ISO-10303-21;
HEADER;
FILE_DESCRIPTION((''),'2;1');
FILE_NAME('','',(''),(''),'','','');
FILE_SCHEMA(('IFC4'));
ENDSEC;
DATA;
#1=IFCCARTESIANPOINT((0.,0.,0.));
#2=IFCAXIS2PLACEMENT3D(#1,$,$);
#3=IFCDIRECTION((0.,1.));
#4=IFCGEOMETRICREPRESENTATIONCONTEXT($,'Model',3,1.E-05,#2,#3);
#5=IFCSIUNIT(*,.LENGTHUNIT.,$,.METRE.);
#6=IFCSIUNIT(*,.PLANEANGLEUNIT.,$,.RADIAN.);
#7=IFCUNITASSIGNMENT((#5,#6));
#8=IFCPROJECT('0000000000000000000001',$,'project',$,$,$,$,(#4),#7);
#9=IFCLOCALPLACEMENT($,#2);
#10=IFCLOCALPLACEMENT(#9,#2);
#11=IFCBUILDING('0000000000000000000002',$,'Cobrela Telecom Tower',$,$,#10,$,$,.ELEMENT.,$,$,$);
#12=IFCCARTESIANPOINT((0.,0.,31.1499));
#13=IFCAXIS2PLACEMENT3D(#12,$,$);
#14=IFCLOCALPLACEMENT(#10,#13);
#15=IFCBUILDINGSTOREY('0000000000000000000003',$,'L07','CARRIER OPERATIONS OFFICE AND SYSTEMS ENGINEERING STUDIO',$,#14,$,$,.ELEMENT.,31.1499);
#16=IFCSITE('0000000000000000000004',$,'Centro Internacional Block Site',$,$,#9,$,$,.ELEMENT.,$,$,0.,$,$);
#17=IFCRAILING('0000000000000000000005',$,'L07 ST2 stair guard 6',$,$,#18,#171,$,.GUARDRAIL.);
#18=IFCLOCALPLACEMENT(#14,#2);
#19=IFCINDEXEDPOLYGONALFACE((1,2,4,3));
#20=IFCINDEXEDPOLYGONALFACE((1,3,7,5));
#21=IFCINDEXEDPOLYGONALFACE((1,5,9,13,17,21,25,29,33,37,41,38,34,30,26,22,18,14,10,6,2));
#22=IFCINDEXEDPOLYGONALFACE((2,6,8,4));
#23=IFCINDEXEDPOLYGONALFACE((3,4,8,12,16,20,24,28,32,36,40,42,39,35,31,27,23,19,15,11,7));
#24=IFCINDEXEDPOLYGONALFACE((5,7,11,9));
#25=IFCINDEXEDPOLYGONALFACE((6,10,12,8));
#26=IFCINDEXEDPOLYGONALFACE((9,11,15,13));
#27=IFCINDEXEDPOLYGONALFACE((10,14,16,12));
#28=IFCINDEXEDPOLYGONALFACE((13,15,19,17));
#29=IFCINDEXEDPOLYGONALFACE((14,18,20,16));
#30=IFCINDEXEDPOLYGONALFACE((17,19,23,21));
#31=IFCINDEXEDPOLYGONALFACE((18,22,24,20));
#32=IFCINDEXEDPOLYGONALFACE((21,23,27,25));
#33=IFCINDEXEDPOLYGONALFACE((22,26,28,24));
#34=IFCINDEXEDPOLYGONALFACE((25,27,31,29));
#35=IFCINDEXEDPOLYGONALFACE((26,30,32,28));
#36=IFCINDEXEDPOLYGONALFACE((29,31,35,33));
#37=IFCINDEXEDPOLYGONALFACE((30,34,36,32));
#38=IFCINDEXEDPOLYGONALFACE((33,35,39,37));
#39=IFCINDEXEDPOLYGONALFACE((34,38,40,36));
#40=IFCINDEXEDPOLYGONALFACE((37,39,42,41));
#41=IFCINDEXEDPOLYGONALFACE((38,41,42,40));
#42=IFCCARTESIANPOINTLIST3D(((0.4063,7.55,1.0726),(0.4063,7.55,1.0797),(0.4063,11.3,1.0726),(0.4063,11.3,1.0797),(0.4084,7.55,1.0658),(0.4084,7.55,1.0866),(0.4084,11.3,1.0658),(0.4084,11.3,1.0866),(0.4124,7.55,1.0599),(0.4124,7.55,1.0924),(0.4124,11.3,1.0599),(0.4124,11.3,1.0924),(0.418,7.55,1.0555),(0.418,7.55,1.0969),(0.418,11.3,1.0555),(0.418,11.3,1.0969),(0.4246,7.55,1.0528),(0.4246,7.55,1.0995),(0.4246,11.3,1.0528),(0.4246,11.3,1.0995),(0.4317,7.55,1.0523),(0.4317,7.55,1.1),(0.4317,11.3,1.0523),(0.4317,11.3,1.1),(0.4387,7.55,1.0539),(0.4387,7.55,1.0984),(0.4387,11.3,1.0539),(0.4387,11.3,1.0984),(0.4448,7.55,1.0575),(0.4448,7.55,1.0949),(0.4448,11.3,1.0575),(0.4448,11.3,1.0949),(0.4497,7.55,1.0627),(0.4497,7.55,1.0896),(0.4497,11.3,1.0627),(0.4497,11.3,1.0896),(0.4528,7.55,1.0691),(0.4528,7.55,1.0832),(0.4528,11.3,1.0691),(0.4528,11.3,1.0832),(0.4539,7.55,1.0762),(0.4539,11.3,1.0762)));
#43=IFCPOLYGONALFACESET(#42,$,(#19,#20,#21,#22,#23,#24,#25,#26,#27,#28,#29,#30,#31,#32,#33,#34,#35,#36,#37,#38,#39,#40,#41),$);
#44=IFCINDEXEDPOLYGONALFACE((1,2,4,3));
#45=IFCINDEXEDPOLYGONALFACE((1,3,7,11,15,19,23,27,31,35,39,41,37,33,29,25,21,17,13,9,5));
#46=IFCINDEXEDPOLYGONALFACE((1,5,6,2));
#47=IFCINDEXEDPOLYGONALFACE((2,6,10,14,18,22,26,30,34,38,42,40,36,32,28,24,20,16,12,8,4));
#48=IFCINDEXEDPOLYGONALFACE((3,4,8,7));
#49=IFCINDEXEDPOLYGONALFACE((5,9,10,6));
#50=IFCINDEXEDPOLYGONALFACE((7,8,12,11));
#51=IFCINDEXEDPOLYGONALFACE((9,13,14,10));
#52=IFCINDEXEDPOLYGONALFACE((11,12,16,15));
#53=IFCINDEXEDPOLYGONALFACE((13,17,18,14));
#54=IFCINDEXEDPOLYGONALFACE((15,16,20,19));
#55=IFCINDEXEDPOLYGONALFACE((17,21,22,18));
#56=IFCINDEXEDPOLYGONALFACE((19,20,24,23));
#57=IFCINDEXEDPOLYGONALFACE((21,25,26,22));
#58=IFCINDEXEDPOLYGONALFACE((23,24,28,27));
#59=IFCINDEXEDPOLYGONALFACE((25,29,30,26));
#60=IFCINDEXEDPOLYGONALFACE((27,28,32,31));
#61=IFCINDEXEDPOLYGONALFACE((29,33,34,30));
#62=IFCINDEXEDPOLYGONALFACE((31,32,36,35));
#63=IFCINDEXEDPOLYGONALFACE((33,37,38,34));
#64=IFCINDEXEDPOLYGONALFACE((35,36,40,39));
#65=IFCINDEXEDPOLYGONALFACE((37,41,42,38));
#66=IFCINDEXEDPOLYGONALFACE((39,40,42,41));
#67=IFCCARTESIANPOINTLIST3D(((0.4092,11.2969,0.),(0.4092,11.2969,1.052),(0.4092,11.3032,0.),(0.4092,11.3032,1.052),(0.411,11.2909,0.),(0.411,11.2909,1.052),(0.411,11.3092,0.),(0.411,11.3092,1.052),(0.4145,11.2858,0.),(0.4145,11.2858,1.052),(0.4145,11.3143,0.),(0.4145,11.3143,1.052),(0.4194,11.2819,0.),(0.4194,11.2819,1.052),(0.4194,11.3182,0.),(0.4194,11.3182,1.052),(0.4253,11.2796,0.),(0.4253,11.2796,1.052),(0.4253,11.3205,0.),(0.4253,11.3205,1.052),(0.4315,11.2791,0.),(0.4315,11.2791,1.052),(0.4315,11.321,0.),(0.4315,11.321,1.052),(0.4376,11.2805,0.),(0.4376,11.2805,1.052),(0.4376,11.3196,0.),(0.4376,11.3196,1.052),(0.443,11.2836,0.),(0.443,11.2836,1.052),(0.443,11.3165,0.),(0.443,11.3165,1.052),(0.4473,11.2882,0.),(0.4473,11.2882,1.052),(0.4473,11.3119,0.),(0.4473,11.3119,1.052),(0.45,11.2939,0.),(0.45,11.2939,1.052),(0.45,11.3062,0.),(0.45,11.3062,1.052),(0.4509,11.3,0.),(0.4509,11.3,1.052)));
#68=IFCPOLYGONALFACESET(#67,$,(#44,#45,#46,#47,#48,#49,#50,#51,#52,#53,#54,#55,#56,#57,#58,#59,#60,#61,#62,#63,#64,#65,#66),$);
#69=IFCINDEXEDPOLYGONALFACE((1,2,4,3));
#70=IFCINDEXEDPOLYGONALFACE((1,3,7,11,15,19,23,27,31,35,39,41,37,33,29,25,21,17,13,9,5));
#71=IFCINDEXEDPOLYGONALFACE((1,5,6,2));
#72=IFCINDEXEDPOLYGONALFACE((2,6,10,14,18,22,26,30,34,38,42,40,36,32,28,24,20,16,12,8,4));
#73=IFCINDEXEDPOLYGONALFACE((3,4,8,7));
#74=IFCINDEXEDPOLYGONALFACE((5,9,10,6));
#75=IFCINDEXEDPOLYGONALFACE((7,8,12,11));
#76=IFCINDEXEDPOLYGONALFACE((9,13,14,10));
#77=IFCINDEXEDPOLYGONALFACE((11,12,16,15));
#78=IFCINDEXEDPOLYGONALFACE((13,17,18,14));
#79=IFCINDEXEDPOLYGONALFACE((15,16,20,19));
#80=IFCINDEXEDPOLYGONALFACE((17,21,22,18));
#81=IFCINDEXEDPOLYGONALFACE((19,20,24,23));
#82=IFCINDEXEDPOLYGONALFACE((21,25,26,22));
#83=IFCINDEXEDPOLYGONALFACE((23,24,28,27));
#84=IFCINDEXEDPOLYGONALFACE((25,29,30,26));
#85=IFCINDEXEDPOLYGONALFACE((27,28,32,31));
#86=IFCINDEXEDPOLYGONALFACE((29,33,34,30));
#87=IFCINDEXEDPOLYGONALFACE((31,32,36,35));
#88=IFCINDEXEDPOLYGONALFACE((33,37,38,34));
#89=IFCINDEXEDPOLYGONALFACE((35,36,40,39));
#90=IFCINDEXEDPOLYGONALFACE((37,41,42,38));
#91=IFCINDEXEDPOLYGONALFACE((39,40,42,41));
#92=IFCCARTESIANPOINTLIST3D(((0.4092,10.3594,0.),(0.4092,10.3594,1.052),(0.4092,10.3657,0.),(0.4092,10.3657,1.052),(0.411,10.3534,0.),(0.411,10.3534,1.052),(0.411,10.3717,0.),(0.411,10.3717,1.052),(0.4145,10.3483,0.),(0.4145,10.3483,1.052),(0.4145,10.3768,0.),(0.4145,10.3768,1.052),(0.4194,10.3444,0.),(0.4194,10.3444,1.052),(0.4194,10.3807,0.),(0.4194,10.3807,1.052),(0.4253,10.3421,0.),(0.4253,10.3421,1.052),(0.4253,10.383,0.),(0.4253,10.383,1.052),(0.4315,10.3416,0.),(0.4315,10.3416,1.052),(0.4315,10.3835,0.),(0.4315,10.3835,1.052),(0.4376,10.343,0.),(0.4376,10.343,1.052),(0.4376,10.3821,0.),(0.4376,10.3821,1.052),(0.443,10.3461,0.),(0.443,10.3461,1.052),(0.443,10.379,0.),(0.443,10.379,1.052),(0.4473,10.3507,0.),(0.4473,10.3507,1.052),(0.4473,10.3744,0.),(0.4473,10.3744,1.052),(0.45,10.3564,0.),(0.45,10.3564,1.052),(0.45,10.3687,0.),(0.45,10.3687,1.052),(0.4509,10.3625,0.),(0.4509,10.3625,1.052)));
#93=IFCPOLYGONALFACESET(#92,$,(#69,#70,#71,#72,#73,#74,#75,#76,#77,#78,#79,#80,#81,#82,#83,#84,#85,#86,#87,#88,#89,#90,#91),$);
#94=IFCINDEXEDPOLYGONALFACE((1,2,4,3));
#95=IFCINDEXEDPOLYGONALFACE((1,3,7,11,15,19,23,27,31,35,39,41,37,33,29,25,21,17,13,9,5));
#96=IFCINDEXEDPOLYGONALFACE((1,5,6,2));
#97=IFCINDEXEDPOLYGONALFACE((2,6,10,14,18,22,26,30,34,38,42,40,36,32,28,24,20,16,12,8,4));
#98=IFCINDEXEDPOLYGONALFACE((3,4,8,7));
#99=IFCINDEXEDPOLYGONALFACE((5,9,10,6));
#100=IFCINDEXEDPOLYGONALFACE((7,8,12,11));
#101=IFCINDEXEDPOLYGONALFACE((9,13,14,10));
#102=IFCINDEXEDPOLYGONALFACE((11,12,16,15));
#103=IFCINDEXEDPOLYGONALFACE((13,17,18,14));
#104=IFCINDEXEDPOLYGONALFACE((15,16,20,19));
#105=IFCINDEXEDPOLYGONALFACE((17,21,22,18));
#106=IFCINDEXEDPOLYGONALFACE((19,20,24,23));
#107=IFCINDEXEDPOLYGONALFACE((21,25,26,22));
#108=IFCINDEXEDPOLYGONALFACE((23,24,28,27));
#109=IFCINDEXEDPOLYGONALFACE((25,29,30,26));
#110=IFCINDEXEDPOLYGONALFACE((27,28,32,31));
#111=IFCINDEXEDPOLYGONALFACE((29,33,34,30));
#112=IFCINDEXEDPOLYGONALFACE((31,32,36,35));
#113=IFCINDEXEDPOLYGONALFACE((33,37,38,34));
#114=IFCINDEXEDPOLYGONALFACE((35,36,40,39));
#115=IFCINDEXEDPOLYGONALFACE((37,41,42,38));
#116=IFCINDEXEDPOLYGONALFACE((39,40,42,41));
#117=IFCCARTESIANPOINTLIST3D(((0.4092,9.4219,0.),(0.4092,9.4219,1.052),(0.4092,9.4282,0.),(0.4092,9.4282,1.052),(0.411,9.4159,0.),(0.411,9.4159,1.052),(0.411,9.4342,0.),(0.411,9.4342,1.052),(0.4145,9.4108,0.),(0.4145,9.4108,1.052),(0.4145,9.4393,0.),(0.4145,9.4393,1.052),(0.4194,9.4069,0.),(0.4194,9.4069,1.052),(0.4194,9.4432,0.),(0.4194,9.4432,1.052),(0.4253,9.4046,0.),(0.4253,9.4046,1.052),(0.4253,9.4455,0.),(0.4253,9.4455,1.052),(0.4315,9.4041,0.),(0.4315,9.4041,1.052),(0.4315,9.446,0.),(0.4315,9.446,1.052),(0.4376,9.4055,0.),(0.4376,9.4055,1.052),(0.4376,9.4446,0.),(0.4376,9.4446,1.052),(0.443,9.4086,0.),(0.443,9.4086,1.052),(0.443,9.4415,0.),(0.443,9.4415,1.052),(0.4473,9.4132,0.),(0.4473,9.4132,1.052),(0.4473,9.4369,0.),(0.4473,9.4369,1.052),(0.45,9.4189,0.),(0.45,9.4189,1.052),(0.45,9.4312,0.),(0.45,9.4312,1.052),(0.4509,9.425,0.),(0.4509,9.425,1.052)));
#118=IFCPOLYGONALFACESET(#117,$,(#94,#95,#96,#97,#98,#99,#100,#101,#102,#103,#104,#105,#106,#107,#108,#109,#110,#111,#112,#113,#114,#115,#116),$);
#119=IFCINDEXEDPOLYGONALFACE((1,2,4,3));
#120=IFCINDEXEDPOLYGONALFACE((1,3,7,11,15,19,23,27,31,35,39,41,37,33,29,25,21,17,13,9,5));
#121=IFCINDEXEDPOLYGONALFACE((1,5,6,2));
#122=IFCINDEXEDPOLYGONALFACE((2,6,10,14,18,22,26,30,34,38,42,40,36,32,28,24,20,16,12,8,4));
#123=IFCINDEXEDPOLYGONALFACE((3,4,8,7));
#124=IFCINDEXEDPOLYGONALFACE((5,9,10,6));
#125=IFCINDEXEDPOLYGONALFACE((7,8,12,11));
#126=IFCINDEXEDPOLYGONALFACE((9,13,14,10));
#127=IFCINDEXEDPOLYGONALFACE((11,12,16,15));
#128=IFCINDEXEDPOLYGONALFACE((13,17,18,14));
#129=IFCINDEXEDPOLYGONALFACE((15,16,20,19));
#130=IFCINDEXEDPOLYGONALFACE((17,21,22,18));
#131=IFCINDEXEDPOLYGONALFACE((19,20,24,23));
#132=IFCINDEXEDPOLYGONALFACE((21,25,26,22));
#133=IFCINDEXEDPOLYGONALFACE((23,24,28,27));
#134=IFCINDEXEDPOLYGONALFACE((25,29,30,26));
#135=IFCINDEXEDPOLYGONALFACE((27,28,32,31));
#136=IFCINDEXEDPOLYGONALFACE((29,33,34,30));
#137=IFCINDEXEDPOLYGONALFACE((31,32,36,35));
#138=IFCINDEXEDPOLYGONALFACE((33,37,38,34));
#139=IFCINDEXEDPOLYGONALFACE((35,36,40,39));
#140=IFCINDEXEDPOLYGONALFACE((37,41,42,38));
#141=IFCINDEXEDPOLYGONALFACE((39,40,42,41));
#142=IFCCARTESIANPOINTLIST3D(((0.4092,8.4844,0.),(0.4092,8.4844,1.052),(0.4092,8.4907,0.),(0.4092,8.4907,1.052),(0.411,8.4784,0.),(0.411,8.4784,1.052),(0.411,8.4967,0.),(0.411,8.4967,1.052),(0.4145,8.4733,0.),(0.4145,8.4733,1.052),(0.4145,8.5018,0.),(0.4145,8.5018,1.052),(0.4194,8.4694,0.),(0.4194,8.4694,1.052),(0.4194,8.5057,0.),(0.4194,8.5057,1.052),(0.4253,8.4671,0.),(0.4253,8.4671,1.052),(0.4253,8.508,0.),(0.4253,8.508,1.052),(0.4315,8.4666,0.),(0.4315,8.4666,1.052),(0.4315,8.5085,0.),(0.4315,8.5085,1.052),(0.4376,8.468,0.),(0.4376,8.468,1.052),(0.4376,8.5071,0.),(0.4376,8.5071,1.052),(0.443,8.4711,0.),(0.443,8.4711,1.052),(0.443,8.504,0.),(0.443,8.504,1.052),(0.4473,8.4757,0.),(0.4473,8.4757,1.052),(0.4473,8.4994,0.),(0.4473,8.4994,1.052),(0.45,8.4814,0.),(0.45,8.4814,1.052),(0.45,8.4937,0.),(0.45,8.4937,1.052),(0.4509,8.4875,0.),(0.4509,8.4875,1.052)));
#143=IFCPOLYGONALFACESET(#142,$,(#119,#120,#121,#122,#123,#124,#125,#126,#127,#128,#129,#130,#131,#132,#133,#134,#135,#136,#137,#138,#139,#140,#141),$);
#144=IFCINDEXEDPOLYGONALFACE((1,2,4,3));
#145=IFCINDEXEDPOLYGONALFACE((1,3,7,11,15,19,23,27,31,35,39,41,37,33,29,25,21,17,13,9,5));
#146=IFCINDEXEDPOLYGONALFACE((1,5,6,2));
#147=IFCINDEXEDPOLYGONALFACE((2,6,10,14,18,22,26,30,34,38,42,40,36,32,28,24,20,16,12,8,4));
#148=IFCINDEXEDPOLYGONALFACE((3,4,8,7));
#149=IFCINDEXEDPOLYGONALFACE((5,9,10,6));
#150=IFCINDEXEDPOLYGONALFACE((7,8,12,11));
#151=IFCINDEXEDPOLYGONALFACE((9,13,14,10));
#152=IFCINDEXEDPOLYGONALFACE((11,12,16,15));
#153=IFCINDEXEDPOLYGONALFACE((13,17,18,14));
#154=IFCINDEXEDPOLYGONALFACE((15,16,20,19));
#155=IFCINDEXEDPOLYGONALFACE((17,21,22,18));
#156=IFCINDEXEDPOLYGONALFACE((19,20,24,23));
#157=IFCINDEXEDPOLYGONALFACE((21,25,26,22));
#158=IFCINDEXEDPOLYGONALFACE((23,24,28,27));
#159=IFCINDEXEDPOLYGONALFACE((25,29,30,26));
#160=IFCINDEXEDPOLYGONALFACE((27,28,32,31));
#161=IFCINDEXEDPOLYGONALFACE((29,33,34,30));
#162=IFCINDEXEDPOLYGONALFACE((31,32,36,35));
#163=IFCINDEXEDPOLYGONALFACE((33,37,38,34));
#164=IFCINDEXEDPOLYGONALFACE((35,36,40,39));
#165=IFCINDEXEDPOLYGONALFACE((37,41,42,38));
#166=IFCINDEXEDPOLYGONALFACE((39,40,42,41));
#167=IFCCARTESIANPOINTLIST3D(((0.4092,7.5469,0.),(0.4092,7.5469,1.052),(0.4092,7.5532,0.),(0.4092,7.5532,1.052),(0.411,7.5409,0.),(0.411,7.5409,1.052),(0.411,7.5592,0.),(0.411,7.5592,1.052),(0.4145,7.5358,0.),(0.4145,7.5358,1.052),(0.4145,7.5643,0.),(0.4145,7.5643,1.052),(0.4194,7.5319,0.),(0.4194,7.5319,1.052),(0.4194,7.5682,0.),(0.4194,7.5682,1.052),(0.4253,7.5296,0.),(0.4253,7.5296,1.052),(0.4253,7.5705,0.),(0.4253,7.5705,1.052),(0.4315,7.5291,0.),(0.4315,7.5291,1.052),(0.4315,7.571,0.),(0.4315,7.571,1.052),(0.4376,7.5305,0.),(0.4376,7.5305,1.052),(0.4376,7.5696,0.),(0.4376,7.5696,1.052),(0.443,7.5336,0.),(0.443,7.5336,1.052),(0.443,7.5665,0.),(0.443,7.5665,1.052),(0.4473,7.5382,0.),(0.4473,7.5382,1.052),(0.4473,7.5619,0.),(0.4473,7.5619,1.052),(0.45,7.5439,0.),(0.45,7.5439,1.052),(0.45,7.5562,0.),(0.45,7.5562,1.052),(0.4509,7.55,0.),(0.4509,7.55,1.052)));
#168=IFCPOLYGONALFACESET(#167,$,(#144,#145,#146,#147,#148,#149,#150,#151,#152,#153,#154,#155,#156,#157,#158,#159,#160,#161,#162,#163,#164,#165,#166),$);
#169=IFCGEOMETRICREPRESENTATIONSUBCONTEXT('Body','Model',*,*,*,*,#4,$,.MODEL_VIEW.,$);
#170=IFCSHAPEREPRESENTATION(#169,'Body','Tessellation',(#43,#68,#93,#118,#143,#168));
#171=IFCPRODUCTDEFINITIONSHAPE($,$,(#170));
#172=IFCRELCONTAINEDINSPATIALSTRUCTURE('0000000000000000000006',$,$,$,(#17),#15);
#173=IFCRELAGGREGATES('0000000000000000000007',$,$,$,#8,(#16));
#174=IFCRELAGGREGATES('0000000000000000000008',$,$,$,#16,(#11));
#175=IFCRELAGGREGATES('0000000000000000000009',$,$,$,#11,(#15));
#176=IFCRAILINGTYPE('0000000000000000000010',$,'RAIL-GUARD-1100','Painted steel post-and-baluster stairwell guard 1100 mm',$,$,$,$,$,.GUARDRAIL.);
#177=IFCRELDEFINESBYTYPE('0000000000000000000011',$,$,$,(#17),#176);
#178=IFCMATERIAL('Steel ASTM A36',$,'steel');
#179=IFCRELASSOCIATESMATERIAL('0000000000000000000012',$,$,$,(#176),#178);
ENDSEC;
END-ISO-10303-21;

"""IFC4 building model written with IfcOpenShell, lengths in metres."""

from ifc_helpers import new_model, si_unit, direction, frame, origin, origin_2d, place, context, subcontext, project, spatial, circle, extrude, material, type_object, element, save


model = new_model("IFC4")

# Units and contexts
model_context = context("Model", 3, precision=1e-05, world=origin(), true_north=direction((0.0, 1.0)))
body_context = subcontext(model_context, "Body", "Model", "MODEL_VIEW")
ifc_project = project(units=[si_unit("LENGTHUNIT", "METRE"), si_unit("PLANEANGLEUNIT", "RADIAN")], contexts=[model_context])

# Site, building, storey
site_placement = place(None, origin())
site = spatial("IfcSite", under=ifc_project, at=site_placement, Name="Centro Internacional Block Site", CompositionType="ELEMENT", RefElevation=0.0)
building_placement = place(site_placement, origin())
building = spatial("IfcBuilding", under=site, at=building_placement, Name="Cobrela Telecom Tower", CompositionType="ELEMENT")
storey_placement = place(building_placement, frame((0.0, 0.0, 31.1499)))
storey = spatial("IfcBuildingStorey", under=building, at=storey_placement, Name="L07", Description="CARRIER OPERATIONS OFFICE AND SYSTEMS ENGINEERING STUDIO", CompositionType="ELEMENT", Elevation=31.1499)

# Railing
ifc_material_1 = material(Name="Steel ASTM A36", Category="steel")
railing_type_1 = type_object("IfcRailingType", Name="RAIL-GUARD-1100", Description="Painted steel post-and-baluster stairwell guard 1100 mm", PredefinedType="GUARDRAIL", material=ifc_material_1)
railing_1_placement = place(storey_placement, frame((0.4299, 11.3, 0.0)))
element("IfcRailing", 1, at=railing_1_placement, inside=storey, type_object=railing_type_1, Name="L07 ST2 stair guard 6", PredefinedType="GUARDRAIL", context=body_context, shape_type="SweptSolid", body=[
    extrude(circle(Radius=0.0239, at=origin_2d()), frame((0.0, 0.0, 1.0762), z_axis=(0.0, -1.0, 0.0), x_axis=(1.0, 0.0, 0.0)), (0.0, 0.0, 1.0), 3.75),
    extrude(circle(Radius=0.021, at=origin_2d()), origin(), (0.0, 0.0, 1.0), 1.052),
    extrude(circle(Radius=0.021, at=origin_2d()), frame((0.0, -0.9375, 0.0)), (0.0, 0.0, 1.0), 1.052),
    extrude(circle(Radius=0.021, at=origin_2d()), frame((0.0, -1.875, 0.0)), (0.0, 0.0, 1.0), 1.052),
    extrude(circle(Radius=0.021, at=origin_2d()), frame((0.0, -2.8125, 0.0)), (0.0, 0.0, 1.0), 1.052),
    extrude(circle(Radius=0.021, at=origin_2d()), frame((0.0, -3.75, 0.0)), (0.0, 0.0, 1.0), 1.052),
])

save(model, "model.ifc")
